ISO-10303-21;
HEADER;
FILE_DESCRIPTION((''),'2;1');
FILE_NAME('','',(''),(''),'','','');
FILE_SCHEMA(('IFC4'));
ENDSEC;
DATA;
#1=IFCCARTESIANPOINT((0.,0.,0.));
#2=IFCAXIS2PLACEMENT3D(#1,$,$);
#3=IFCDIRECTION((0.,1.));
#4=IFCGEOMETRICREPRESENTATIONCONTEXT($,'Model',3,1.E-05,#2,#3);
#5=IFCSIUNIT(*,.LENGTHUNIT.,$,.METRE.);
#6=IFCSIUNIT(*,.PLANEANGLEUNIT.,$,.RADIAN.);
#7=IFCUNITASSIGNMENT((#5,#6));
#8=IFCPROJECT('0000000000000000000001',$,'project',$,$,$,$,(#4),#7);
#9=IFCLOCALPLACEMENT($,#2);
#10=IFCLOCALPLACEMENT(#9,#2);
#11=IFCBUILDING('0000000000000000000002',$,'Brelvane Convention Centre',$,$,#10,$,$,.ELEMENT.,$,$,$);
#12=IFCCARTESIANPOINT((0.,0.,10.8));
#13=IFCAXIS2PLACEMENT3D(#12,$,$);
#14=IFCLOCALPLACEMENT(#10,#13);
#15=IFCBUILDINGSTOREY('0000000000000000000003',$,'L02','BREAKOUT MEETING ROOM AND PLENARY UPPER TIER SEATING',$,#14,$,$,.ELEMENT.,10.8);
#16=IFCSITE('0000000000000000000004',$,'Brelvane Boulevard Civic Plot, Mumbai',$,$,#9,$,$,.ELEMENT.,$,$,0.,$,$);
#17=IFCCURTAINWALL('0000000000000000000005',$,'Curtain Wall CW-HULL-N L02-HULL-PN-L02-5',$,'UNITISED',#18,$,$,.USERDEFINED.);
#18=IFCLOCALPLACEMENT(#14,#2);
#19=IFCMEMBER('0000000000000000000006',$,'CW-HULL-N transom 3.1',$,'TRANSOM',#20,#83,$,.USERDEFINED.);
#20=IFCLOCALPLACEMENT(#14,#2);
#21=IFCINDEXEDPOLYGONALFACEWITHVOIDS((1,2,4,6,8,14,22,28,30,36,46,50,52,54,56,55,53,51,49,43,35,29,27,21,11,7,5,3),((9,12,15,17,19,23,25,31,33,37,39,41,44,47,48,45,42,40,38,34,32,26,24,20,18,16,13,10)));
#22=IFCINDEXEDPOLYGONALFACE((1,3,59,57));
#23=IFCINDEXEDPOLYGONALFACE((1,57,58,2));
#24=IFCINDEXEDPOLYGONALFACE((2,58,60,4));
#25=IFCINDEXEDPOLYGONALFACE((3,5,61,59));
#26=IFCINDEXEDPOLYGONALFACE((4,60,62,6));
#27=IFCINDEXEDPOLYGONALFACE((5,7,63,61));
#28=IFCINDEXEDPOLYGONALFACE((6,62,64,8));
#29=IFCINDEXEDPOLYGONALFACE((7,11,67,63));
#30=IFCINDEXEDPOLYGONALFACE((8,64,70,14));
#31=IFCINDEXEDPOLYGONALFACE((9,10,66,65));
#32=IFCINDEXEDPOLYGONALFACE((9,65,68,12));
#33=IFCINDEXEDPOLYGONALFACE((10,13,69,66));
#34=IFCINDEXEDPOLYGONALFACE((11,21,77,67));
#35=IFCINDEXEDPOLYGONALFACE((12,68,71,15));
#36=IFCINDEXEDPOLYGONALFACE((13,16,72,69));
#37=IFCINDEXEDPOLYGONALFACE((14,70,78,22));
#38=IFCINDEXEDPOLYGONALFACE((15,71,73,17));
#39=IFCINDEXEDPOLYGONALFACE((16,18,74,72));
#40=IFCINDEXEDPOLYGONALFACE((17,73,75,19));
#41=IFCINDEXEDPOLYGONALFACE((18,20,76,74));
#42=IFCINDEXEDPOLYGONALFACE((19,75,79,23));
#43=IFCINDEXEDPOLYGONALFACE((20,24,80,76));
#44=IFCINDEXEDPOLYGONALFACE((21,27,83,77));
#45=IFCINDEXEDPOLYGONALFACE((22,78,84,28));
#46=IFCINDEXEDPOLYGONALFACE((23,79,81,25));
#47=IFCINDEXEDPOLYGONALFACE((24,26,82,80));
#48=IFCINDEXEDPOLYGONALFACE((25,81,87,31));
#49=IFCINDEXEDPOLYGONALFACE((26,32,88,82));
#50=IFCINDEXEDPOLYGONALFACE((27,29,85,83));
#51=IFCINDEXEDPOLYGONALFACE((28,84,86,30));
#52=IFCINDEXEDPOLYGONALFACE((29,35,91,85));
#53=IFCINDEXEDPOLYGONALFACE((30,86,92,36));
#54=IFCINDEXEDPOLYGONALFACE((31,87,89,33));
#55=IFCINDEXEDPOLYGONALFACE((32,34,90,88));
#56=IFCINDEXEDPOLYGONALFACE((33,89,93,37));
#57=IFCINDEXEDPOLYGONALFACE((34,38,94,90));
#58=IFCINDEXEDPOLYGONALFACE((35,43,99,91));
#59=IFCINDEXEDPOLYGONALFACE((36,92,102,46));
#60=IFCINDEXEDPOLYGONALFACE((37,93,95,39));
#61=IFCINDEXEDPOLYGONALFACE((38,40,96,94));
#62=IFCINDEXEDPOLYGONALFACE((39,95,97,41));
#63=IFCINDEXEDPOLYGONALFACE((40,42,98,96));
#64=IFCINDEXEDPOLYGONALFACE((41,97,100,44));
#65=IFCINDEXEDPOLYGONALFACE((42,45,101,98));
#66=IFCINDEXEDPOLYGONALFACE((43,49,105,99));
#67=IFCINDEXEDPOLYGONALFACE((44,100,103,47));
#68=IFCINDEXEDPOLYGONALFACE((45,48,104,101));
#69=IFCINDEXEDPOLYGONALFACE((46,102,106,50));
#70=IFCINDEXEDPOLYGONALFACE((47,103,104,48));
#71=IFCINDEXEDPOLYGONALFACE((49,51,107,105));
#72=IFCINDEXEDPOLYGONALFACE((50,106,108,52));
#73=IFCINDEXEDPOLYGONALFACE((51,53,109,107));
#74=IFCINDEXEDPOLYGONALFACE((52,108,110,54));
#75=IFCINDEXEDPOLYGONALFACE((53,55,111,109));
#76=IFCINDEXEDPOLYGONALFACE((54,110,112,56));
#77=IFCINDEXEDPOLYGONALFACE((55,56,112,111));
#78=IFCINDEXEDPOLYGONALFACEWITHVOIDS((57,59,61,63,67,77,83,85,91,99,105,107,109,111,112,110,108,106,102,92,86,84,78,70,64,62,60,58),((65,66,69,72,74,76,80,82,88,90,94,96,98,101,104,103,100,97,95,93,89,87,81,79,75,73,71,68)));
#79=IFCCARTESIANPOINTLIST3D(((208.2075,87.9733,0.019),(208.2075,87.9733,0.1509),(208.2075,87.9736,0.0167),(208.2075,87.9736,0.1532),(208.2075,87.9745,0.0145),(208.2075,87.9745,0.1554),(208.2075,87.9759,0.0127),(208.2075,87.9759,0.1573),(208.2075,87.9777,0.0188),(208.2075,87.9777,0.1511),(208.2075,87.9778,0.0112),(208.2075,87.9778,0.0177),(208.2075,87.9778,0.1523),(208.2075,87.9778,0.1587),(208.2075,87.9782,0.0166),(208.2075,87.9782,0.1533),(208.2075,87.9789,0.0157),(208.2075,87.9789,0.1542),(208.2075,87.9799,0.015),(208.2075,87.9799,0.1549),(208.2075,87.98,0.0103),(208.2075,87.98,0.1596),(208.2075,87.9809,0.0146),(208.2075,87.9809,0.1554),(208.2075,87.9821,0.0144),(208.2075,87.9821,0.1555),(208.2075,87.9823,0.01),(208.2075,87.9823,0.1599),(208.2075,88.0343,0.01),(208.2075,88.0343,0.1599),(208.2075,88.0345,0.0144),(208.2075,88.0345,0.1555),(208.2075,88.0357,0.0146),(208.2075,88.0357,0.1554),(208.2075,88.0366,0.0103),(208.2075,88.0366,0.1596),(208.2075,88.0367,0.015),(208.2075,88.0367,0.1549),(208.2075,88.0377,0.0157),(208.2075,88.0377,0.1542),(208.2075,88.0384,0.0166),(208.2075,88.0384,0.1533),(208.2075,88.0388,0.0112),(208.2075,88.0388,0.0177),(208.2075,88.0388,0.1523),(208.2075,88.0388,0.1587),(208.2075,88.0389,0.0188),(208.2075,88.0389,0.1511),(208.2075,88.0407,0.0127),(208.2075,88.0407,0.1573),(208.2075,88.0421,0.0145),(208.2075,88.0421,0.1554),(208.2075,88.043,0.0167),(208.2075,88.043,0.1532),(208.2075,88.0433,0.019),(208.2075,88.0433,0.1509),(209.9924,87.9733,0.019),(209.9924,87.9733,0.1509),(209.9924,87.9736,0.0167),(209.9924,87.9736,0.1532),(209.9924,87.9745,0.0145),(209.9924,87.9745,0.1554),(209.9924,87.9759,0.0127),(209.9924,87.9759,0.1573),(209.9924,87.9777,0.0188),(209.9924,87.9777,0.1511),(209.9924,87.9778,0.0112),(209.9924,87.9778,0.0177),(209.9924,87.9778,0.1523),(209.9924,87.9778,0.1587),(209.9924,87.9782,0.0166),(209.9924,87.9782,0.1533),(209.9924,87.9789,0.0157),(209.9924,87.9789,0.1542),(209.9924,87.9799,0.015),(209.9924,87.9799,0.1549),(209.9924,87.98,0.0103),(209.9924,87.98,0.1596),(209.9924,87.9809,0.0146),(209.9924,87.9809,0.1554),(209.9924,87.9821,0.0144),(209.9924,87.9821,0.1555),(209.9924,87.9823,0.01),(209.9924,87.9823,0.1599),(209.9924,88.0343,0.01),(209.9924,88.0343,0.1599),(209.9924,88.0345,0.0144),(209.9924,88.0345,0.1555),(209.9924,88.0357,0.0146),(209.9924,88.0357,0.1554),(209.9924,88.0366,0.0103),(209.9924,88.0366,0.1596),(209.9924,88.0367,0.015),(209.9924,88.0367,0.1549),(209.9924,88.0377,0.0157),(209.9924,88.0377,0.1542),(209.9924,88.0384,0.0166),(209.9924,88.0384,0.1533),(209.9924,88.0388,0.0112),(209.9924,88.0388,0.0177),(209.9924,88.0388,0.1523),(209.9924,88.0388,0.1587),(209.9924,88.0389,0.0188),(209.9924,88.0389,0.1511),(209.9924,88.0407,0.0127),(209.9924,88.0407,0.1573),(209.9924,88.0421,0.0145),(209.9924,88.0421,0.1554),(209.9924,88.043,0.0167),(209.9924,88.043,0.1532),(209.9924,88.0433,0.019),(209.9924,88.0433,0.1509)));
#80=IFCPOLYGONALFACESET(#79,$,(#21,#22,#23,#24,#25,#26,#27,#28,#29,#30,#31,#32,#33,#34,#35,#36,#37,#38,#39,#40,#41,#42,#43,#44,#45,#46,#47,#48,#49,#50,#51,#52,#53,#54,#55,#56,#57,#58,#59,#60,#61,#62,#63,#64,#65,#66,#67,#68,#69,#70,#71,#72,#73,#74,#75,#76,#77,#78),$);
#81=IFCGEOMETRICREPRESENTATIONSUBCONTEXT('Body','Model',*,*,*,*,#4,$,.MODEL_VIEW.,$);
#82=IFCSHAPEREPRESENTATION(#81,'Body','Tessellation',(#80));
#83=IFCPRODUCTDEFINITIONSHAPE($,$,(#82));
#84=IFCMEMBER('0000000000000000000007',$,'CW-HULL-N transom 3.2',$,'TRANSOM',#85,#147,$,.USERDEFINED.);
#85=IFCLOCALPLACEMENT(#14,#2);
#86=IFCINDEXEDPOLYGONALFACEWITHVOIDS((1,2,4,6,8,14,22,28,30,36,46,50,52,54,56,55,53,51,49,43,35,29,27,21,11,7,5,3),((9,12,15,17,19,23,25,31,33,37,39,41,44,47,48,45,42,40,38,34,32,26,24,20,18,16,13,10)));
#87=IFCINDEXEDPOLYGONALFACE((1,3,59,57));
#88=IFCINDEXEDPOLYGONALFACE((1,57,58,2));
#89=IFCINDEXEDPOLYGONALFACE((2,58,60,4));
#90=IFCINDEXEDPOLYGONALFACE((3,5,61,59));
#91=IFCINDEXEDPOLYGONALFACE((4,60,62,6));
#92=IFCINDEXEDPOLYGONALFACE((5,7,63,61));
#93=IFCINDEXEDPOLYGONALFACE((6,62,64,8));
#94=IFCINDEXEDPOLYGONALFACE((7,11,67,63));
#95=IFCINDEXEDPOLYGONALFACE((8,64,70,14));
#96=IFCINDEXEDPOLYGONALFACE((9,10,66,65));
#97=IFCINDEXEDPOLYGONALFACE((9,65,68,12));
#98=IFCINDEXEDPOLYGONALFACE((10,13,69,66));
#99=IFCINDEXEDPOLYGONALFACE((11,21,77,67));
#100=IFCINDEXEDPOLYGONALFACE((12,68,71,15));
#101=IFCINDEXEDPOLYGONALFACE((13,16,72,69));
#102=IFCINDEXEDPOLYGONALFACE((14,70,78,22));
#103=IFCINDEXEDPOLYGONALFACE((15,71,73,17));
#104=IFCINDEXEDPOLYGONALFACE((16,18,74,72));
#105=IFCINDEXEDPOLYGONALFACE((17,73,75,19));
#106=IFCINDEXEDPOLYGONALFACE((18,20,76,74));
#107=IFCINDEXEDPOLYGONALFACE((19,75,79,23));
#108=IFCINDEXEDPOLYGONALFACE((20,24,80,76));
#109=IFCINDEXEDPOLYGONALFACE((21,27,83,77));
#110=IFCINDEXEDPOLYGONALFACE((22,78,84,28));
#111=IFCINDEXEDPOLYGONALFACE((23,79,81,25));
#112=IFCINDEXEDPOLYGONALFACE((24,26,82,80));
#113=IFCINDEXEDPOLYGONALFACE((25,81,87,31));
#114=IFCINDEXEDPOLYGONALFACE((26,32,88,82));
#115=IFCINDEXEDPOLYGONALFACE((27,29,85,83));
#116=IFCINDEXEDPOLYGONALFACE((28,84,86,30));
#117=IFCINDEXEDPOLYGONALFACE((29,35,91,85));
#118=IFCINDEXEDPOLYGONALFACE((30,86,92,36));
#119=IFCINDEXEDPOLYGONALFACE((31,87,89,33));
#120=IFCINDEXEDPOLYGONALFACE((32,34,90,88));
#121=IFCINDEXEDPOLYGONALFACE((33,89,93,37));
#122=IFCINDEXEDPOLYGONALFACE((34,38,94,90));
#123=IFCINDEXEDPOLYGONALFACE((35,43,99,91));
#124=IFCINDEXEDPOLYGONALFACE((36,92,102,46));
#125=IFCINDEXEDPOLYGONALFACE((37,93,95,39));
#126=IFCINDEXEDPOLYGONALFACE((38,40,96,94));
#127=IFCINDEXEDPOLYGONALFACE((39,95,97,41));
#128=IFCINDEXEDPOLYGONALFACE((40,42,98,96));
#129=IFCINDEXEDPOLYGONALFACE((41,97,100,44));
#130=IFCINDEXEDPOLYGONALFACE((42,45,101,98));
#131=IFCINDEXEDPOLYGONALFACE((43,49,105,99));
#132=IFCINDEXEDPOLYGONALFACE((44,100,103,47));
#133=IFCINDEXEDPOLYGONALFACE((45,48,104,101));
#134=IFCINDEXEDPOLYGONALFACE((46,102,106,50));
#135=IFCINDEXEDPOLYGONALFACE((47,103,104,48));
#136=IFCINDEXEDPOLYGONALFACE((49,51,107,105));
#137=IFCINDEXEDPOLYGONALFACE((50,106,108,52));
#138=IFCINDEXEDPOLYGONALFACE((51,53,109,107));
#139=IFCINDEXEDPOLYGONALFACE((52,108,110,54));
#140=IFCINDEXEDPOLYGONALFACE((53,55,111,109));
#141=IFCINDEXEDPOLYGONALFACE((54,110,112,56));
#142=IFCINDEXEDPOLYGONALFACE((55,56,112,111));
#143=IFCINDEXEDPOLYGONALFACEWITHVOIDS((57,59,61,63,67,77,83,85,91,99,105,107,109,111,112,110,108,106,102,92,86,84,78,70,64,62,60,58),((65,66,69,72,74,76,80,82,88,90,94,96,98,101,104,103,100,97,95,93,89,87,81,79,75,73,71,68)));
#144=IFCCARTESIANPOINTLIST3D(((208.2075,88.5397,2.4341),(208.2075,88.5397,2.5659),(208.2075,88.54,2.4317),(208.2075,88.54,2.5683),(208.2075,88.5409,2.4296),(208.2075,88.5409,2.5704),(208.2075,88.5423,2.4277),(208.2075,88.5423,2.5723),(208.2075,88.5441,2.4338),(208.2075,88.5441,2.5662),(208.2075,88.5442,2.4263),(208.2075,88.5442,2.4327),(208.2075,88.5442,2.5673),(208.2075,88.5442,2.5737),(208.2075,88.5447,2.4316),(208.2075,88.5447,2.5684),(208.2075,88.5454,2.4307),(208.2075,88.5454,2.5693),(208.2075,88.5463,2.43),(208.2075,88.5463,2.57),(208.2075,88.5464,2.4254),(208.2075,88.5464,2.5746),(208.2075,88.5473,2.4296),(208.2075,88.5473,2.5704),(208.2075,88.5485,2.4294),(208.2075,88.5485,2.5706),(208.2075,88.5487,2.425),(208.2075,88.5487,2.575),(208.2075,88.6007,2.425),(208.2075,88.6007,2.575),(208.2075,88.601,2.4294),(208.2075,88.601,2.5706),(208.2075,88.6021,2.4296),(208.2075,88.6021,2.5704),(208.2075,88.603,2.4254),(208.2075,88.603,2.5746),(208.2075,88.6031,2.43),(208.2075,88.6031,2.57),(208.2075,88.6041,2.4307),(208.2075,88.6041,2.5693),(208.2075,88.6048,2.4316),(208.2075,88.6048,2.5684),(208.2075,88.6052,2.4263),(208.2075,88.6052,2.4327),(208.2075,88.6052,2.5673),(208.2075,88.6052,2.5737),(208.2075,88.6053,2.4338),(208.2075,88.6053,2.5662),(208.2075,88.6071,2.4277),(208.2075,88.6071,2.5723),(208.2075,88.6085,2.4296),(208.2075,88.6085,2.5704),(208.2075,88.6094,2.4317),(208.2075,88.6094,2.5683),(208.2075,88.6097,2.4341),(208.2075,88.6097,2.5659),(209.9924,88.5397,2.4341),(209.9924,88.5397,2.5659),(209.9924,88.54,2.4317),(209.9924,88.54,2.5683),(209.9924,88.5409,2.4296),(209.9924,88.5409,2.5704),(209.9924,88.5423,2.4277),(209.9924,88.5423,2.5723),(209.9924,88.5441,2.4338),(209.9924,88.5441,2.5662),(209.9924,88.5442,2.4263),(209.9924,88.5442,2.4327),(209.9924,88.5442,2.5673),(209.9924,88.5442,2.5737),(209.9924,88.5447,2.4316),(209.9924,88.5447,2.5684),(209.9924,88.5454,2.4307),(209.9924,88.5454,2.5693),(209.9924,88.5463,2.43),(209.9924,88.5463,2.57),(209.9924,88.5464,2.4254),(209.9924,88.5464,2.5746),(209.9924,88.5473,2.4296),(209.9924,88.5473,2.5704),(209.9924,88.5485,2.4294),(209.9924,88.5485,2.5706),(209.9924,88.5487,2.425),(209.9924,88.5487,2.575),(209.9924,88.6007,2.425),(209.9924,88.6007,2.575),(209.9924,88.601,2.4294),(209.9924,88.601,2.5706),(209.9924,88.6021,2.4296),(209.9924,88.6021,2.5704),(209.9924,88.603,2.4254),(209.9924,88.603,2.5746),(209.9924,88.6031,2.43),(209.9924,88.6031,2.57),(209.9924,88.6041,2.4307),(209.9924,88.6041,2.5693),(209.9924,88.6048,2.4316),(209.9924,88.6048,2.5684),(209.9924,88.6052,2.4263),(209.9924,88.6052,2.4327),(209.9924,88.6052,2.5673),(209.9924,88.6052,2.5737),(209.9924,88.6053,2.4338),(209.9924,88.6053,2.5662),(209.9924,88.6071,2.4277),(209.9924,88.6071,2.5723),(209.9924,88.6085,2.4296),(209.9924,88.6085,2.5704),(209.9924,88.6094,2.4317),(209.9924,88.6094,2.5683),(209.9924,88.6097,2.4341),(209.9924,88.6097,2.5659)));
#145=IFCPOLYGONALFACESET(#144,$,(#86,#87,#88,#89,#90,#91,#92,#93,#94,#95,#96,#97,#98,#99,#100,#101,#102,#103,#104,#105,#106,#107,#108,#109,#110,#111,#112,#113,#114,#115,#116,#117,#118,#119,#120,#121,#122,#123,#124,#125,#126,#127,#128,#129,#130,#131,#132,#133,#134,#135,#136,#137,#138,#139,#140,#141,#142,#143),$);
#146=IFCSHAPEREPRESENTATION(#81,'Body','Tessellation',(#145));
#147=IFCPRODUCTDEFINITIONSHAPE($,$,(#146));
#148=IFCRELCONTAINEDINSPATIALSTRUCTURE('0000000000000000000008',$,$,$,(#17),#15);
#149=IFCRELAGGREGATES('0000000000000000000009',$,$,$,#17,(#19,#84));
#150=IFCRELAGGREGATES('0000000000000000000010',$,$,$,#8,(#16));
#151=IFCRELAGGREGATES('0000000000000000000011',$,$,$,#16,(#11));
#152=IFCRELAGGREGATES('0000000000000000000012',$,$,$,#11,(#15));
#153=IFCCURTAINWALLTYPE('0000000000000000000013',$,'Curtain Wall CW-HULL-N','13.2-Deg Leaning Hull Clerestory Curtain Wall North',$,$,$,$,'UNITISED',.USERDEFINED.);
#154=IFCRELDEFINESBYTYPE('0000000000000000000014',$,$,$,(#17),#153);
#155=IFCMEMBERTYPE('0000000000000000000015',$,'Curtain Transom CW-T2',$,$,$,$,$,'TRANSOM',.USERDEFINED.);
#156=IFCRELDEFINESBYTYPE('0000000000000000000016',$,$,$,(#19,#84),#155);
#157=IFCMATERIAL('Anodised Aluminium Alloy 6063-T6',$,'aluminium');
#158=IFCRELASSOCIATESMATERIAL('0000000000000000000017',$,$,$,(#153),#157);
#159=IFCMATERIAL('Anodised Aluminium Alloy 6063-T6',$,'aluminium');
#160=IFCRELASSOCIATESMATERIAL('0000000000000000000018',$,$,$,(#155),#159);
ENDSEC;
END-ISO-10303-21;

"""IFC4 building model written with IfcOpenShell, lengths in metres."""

from ifc_helpers import new_model, si_unit, direction, frame, origin, origin_2d, place, context, subcontext, project, spatial, hollow_rectangle, extrude, material, material_profile, profile_set, type_object, element, aggregate, save


model = new_model("IFC4")

# Units and contexts
model_context = context("Model", 3, precision=1e-05, world=origin(), true_north=direction((0.0, 1.0)))
body_context = subcontext(model_context, "Body", "Model", "MODEL_VIEW")
ifc_project = project(units=[si_unit("LENGTHUNIT", "METRE"), si_unit("PLANEANGLEUNIT", "RADIAN")], contexts=[model_context])

# Site, building, storey
site_placement = place(None, origin())
site = spatial("IfcSite", under=ifc_project, at=site_placement, Name="Brelvane Boulevard Civic Plot, Mumbai", CompositionType="ELEMENT", RefElevation=0.0)
building_placement = place(site_placement, origin())
building = spatial("IfcBuilding", under=site, at=building_placement, Name="Brelvane Convention Centre", CompositionType="ELEMENT")
storey_placement = place(building_placement, frame((0.0, 0.0, 10.8)))
storey = spatial("IfcBuildingStorey", under=building, at=storey_placement, Name="L02", Description="BREAKOUT MEETING ROOM AND PLENARY UPPER TIER SEATING", CompositionType="ELEMENT", Elevation=10.8)

# Curtain wall
ifc_material_1 = material(Name="Anodised Aluminium Alloy 6063-T6", Category="aluminium")
curtain_wall_type = type_object("IfcCurtainWallType", Name="Curtain Wall CW-HULL-N", Description="13.2-Deg Leaning Hull Clerestory Curtain Wall North", ElementType="UNITISED", PredefinedType="USERDEFINED", material=ifc_material_1)
curtain_wall_1_placement = place(storey_placement, origin())
curtain_wall_1 = element("IfcCurtainWall", 1, at=curtain_wall_1_placement, inside=storey, type_object=curtain_wall_type, Name="Curtain Wall CW-HULL-N L02-HULL-PN-L02-5", ObjectType="UNITISED", PredefinedType="USERDEFINED")

# Members
ifc_material_2 = material(Name="Anodised Aluminium Alloy 6063-T6", Category="aluminium")
ifc_material_profile_1 = material_profile(ifc_material_2, hollow_rectangle(XDim=0.0701, YDim=0.1499, WallThickness=0.0044, InnerFilletRadius=0.0044, OuterFilletRadius=0.009, at=origin_2d()), Name="ALU-T 150x70x4.5")
ifc_profile_set_1 = profile_set([ifc_material_profile_1], Name="Anodised Aluminium Alloy 6063-T6")
member_type_1 = type_object("IfcMemberType", Name="Curtain Transom CW-T2", ElementType="TRANSOM", PredefinedType="USERDEFINED", material=ifc_profile_set_1)
member_1_placement = place(storey_placement, frame((208.2075, 88.0083, 0.085), z_axis=(1.0, 0.0, 0.0), x_axis=(0.0, 1.0, 0.0)))
member_1 = element("IfcMember", 2, at=member_1_placement, type_object=member_type_1, Name="CW-HULL-N transom 3.1", ObjectType="TRANSOM", PredefinedType="USERDEFINED", context=body_context, shape_type="SweptSolid", body=[
    extrude(hollow_rectangle(XDim=0.0701, YDim=0.1499, WallThickness=0.0044, InnerFilletRadius=0.0044, OuterFilletRadius=0.009, at=origin_2d()), origin(), (0.0, 0.0, 1.0), 1.7849),
])
member_2_placement = place(storey_placement, frame((208.2075, 88.5747, 2.5), z_axis=(1.0, 0.0, 0.0), x_axis=(0.0, 1.0, 0.0)))
member_2 = element("IfcMember", 3, at=member_2_placement, type_object=member_type_1, Name="CW-HULL-N transom 3.2", ObjectType="TRANSOM", PredefinedType="USERDEFINED", context=body_context, shape_type="SweptSolid", body=[
    extrude(hollow_rectangle(XDim=0.0701, YDim=0.1499, WallThickness=0.0044, InnerFilletRadius=0.0044, OuterFilletRadius=0.009, at=origin_2d()), origin(), (0.0, 0.0, 1.0), 1.7849),
])

aggregate(curtain_wall_1, [member_1, member_2])

save(model, "model.ifc")
